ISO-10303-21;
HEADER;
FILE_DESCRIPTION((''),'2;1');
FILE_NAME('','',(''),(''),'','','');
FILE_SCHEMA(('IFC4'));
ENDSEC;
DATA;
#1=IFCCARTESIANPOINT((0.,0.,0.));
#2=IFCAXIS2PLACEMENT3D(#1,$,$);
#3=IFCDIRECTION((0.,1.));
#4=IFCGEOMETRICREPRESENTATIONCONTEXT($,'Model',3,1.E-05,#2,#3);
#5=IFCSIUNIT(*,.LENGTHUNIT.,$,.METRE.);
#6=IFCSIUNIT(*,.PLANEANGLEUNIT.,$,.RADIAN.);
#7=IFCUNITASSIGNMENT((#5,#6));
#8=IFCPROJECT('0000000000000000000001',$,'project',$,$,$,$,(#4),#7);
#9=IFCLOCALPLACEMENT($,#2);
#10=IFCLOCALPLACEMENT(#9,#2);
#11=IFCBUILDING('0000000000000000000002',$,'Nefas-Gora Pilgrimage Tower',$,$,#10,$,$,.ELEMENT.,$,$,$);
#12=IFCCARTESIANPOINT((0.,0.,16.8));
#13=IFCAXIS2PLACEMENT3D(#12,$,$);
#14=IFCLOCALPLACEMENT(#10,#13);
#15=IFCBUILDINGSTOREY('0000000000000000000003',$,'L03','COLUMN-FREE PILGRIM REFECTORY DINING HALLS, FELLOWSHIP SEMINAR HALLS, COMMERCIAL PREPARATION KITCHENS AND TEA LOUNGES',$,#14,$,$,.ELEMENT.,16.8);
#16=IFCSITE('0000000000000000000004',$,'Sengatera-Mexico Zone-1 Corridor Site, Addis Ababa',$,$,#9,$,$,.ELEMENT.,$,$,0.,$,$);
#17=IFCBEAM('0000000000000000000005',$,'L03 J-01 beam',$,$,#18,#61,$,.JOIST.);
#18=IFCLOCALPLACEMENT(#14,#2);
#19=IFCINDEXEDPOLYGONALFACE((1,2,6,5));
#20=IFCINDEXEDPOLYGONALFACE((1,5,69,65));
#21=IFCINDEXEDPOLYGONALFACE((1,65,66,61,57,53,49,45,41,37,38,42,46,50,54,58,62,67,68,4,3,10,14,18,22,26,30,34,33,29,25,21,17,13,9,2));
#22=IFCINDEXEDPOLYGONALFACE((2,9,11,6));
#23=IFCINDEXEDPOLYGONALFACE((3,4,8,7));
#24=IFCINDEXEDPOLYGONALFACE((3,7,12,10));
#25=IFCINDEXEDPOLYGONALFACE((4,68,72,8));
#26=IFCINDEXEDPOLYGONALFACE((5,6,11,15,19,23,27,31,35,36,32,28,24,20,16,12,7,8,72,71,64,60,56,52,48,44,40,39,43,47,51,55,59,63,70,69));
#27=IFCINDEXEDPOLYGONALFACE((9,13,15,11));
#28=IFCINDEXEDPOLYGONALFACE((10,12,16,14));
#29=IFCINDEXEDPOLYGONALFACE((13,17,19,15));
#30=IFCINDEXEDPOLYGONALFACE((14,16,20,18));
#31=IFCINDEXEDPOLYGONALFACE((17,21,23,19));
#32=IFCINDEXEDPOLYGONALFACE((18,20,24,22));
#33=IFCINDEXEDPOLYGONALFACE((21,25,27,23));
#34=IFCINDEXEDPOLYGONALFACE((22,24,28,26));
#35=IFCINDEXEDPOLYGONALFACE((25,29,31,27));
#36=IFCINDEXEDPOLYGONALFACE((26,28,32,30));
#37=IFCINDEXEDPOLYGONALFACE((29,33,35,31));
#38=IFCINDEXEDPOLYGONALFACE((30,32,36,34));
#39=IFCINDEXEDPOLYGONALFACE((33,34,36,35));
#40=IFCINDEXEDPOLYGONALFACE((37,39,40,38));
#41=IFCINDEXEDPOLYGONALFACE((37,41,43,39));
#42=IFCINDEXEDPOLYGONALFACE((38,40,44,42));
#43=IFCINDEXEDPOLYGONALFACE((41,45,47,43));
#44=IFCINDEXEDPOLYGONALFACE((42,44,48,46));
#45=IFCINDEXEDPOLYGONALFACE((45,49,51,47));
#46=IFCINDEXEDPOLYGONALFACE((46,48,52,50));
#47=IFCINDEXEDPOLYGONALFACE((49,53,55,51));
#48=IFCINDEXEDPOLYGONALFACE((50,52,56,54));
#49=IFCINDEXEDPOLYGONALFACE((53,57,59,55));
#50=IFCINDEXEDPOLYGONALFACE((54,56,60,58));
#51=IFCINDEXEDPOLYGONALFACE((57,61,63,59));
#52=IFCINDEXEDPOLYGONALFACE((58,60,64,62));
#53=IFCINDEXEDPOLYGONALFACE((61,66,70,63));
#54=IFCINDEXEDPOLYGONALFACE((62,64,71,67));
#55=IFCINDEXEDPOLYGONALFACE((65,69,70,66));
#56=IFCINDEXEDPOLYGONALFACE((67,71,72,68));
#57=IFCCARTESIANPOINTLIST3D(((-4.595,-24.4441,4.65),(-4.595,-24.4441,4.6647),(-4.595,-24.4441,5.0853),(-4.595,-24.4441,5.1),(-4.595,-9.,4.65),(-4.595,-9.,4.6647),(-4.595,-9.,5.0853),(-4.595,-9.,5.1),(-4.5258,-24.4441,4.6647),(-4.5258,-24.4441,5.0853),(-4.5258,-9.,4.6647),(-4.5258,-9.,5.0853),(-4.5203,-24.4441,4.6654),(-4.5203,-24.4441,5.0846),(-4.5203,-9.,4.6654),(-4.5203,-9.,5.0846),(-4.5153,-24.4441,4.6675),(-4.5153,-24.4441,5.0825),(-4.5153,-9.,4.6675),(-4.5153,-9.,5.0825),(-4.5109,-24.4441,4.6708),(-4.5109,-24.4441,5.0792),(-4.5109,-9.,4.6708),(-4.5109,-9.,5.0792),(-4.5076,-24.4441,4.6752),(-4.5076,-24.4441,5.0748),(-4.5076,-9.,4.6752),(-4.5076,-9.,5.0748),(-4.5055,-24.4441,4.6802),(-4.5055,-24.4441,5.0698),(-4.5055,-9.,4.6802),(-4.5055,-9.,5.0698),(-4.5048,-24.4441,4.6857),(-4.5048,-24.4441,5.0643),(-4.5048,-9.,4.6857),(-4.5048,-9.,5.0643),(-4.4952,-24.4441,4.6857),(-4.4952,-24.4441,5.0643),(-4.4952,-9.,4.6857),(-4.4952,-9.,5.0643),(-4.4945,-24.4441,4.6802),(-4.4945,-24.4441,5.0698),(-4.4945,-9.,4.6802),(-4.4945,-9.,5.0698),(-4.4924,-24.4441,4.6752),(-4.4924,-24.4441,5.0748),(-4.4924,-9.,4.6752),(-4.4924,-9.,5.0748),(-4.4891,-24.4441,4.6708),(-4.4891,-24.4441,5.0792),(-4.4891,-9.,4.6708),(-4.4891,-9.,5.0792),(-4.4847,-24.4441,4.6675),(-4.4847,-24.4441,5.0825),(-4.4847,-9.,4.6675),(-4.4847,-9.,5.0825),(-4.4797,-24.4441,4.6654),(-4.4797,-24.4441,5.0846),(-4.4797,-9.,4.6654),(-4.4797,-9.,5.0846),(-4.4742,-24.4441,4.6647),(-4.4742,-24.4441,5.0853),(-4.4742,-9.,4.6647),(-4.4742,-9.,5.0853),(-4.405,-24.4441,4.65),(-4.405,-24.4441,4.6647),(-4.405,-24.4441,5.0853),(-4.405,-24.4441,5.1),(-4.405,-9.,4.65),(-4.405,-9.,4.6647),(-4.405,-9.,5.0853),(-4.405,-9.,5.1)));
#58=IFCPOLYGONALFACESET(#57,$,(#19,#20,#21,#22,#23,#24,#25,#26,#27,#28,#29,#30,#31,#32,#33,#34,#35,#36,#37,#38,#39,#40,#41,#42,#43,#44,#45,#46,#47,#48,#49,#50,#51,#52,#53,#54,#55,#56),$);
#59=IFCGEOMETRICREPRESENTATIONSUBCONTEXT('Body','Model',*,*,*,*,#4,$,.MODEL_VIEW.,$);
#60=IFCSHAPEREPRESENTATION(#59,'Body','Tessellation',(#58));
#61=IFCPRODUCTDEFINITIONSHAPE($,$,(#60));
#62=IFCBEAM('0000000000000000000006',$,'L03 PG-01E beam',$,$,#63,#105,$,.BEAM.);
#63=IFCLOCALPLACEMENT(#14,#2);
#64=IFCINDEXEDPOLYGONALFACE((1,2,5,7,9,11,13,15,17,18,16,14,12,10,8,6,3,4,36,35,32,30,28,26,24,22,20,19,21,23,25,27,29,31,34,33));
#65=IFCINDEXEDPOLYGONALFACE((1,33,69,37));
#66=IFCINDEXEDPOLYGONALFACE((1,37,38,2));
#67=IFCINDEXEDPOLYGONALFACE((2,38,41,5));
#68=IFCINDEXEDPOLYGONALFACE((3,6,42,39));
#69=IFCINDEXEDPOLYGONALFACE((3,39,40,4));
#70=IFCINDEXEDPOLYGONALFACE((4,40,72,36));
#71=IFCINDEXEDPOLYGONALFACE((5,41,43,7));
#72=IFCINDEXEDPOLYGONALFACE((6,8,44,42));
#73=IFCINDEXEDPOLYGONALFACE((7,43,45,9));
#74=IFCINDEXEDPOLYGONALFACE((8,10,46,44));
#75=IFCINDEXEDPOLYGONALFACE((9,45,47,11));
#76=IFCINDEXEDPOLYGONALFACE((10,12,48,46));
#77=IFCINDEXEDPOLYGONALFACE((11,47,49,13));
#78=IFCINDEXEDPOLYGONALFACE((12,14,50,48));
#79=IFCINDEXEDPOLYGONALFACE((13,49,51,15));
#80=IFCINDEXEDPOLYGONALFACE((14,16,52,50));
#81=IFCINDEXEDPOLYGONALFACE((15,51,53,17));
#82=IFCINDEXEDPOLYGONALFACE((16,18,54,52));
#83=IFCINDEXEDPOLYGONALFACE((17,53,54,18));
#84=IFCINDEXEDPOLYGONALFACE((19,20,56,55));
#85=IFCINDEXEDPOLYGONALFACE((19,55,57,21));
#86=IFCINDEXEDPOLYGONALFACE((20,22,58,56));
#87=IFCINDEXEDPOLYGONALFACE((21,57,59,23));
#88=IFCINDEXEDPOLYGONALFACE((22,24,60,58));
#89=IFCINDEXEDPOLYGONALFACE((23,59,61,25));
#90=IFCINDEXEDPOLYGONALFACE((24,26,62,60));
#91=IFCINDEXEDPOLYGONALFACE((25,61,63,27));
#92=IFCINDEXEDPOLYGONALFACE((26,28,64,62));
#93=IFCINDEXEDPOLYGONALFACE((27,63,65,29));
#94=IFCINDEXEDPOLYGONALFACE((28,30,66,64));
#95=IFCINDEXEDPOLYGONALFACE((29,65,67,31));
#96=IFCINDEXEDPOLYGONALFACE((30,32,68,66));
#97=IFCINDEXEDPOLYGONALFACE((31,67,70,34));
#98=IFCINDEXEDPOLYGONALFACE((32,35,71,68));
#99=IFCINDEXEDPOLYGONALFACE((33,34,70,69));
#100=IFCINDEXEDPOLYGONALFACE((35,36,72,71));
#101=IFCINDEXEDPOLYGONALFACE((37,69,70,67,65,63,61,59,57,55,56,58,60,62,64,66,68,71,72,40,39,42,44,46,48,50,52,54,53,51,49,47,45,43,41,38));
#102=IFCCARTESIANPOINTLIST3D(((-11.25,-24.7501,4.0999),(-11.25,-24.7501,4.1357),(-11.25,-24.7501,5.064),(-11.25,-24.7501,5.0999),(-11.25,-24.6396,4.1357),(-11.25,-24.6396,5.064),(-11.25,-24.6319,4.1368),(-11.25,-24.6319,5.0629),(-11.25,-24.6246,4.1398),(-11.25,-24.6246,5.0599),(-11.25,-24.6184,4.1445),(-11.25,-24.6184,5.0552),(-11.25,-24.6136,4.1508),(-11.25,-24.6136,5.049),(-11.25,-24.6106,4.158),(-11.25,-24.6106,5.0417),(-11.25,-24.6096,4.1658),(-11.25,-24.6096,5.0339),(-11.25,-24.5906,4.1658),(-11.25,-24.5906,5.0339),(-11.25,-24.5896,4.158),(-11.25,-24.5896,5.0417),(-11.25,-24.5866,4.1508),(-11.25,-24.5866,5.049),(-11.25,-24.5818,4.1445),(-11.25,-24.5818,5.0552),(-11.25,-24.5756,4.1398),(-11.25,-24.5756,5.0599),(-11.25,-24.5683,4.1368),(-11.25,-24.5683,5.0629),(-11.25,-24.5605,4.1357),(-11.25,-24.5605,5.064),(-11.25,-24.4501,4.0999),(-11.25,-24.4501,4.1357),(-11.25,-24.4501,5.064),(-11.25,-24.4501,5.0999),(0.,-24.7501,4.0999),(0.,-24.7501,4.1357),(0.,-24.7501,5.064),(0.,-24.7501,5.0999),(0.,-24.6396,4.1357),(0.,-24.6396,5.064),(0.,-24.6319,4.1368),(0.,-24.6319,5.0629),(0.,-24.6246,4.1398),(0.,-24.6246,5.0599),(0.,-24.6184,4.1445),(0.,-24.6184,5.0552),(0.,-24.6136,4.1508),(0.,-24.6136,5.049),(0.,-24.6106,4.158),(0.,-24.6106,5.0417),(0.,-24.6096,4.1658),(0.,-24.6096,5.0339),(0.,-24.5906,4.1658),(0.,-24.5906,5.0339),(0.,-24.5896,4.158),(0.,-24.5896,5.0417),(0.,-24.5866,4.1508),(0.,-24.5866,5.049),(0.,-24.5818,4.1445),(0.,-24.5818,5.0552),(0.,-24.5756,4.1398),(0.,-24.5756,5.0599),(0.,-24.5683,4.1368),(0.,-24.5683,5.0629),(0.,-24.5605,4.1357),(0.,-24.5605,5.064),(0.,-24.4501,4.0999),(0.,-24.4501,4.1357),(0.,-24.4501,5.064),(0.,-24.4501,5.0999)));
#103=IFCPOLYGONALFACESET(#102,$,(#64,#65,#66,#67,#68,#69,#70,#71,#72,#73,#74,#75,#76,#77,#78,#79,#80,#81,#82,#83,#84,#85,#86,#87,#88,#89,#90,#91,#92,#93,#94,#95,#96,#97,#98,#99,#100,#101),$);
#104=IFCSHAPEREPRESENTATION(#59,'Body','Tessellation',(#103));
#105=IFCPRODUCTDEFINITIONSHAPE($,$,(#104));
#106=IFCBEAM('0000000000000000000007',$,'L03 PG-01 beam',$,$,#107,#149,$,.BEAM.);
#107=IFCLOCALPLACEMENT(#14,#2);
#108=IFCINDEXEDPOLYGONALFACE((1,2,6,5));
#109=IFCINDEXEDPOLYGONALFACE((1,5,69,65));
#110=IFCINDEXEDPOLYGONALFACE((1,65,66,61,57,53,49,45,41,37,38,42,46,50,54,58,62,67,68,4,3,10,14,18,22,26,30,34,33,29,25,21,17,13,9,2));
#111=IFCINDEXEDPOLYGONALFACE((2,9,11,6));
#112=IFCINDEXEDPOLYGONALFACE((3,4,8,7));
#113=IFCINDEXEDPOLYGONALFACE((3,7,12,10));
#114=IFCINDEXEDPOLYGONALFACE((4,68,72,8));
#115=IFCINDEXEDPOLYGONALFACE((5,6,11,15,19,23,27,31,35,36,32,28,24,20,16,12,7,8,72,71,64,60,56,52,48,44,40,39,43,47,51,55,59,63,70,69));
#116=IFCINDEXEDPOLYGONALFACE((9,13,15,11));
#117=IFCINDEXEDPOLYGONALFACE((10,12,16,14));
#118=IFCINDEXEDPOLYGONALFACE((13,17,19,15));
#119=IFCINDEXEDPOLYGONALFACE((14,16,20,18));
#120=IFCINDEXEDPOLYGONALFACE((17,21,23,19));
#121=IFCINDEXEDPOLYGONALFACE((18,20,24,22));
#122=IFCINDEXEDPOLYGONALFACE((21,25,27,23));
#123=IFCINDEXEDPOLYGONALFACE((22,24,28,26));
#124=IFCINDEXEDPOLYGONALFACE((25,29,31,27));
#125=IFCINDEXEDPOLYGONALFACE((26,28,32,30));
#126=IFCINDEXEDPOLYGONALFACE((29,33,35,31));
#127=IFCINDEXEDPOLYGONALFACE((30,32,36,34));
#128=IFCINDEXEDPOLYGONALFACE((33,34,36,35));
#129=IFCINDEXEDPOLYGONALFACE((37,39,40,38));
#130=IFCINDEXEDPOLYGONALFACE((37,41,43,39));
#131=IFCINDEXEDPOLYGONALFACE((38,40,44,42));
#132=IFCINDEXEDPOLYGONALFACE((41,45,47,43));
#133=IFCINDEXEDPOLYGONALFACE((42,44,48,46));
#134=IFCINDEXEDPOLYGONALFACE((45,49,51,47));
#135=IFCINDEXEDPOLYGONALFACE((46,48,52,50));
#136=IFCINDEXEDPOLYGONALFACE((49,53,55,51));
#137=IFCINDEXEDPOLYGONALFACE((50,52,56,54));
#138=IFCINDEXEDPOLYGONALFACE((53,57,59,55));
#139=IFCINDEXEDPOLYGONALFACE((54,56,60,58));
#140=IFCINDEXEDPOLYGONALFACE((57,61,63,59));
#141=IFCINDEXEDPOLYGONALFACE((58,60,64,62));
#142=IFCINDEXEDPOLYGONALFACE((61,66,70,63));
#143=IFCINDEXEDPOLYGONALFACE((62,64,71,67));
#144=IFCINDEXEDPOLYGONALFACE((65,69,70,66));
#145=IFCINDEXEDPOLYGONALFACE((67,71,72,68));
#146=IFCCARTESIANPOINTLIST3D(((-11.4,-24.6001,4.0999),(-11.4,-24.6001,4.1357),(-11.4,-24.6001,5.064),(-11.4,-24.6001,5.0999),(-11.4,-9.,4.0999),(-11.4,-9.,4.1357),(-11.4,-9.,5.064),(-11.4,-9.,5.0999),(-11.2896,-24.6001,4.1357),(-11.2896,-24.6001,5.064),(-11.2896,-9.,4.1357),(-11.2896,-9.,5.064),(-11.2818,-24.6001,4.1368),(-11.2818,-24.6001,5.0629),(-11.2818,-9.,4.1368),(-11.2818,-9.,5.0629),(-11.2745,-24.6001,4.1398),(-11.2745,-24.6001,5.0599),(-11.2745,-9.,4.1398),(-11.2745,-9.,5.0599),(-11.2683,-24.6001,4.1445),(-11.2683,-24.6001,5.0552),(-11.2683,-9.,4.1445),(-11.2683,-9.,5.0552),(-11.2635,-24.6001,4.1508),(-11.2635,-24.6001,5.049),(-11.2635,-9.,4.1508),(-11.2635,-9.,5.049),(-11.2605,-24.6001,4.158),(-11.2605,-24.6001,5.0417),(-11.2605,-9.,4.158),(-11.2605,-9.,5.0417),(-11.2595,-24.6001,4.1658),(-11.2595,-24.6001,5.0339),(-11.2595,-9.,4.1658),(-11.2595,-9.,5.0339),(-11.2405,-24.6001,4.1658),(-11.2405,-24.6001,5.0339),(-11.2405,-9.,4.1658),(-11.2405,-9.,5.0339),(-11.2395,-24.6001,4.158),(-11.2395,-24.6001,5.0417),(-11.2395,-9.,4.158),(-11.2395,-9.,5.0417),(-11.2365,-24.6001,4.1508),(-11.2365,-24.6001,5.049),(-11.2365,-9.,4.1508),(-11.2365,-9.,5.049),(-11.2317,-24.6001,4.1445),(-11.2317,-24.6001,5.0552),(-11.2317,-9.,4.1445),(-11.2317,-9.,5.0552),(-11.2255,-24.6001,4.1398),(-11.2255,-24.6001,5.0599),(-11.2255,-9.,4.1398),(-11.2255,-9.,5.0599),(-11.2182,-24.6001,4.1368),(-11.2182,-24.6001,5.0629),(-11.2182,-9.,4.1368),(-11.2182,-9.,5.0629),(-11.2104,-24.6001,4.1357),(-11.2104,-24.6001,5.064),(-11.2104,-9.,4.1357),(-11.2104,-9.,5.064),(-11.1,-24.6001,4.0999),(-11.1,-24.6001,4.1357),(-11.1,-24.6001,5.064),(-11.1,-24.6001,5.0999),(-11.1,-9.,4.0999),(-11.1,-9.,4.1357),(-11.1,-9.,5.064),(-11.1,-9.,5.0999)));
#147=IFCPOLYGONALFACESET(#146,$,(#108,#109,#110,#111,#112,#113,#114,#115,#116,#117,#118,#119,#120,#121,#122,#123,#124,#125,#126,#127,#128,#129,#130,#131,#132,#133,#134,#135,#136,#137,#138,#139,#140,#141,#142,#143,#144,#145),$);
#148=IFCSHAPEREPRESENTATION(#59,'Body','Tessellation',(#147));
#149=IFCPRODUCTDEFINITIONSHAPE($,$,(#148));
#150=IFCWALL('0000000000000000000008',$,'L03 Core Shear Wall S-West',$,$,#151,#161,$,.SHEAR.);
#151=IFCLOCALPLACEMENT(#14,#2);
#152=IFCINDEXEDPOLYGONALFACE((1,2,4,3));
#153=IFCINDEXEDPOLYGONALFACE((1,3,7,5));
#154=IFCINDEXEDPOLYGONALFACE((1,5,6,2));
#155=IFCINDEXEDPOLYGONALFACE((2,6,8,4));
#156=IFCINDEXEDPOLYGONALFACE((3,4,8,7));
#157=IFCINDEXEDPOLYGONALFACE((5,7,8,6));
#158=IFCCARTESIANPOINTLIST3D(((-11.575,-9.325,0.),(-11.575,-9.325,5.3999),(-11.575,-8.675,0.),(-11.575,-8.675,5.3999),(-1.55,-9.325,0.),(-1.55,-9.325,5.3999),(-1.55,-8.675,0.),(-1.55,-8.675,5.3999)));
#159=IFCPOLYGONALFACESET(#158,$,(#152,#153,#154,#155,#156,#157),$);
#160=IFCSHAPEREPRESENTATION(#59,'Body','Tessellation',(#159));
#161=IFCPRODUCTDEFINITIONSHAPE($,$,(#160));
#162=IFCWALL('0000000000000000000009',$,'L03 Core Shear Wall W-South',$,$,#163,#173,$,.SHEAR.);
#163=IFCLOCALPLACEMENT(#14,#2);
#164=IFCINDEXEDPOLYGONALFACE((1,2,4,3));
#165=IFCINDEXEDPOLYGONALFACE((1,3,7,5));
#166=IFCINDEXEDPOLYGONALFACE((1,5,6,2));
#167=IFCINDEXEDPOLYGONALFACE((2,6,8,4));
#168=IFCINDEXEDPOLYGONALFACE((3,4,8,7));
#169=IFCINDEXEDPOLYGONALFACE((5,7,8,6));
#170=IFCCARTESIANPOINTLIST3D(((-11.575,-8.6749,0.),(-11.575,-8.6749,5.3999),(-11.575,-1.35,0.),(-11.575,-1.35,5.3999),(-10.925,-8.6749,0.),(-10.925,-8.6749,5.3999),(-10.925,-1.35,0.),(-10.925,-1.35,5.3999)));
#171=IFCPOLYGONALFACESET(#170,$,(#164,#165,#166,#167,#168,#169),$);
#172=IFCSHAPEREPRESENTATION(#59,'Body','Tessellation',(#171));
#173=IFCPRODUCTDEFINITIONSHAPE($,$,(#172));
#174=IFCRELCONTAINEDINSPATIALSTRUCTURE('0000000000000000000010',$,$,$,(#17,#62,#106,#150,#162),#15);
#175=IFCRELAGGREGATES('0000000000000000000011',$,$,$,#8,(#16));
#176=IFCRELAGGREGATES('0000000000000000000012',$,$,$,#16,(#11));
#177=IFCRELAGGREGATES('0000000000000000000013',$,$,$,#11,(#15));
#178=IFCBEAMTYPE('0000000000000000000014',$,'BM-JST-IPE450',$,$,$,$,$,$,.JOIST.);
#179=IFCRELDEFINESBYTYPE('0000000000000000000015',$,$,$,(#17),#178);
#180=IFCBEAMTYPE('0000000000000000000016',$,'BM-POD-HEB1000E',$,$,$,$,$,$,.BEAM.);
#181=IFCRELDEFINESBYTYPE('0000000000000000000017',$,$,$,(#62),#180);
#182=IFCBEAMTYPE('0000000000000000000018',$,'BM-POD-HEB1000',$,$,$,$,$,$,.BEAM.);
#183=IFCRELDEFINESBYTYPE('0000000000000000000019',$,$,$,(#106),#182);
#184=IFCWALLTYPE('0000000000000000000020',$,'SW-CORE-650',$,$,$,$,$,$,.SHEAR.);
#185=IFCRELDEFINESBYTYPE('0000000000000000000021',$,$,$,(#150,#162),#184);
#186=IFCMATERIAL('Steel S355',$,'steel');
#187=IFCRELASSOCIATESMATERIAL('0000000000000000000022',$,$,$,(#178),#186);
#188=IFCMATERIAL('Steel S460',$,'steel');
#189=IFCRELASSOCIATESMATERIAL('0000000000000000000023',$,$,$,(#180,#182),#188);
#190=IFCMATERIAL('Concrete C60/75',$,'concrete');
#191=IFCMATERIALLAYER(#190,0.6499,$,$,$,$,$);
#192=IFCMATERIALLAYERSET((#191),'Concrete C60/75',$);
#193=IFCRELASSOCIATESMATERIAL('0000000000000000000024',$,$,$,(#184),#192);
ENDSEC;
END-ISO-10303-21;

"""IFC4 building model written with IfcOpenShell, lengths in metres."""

from ifc_helpers import new_model, si_unit, direction, frame, frame_2d, origin, origin_2d, place, context, subcontext, project, spatial, rectangle, i_section, extrude, source, transform, mapped, material, layer, layer_set, material_profile, profile_set, type_object, element, save


model = new_model("IFC4")

# Units and contexts
model_context = context("Model", 3, precision=1e-05, world=origin(), true_north=direction((0.0, 1.0)))
body_context = subcontext(model_context, "Body", "Model", "MODEL_VIEW")
ifc_project = project(units=[si_unit("LENGTHUNIT", "METRE"), si_unit("PLANEANGLEUNIT", "RADIAN")], contexts=[model_context])

# Site, building, storey
site_placement = place(None, origin())
site = spatial("IfcSite", under=ifc_project, at=site_placement, Name="Sengatera-Mexico Zone-1 Corridor Site, Addis Ababa", CompositionType="ELEMENT", RefElevation=0.0)
building_placement = place(site_placement, origin())
building = spatial("IfcBuilding", under=site, at=building_placement, Name="Nefas-Gora Pilgrimage Tower", CompositionType="ELEMENT")
storey_placement = place(building_placement, frame((0.0, 0.0, 16.8)))
storey = spatial("IfcBuildingStorey", under=building, at=storey_placement, Name="L03", Description="COLUMN-FREE PILGRIM REFECTORY DINING HALLS, FELLOWSHIP SEMINAR HALLS, COMMERCIAL PREPARATION KITCHENS AND TEA LOUNGES", CompositionType="ELEMENT", Elevation=16.8)

# Shared definitions
ifc_material_1 = material(Name="Steel S460", Category="steel")

# Beams
ifc_material_2 = material(Name="Concrete C60/75", Category="concrete")
ifc_material_3 = material(Name="Steel S355", Category="steel")
ifc_material_profile_1 = material_profile(ifc_material_3, i_section(OverallWidth=0.1899, OverallDepth=0.45, WebThickness=0.0095, FlangeThickness=0.0146, FilletRadius=0.021, at=origin_2d()), Name="IPE 450")
ifc_profile_set_1 = profile_set([ifc_material_profile_1], Name="Steel S355")
beam_type_1 = type_object("IfcBeamType", Name="BM-JST-IPE450", PredefinedType="JOIST", material=ifc_profile_set_1)
shared_shape_1 = source(origin(), body_context, "Body", "SweptSolid", [
    extrude(i_section(OverallWidth=0.1899, OverallDepth=0.45, WebThickness=0.0095, FlangeThickness=0.0146, FilletRadius=0.021, at=origin_2d()), origin(), (0.0, 0.0, 1.0), 15.4441),
])
beam_1_placement = place(storey_placement, frame((-4.5, -24.4441, 4.875), z_axis=(0.0, 1.0, 0.0), x_axis=(-1.0, 0.0, 0.0)))
element("IfcBeam", 1, at=beam_1_placement, inside=storey, type_object=beam_type_1, Name="L03 J-01 beam", PredefinedType="JOIST", context=body_context, shape_type="MappedRepresentation", body=[
    mapped(shared_shape_1, transform((0.0, 0.0, 0.0), x_axis=(1.0, 0.0, 0.0), y_axis=(0.0, 1.0, 0.0), z_axis=(0.0, 0.0, 1.0), scale=1.0)),
])
ifc_material_profile_2 = material_profile(ifc_material_1, i_section(OverallWidth=0.3, OverallDepth=1.0, WebThickness=0.019, FlangeThickness=0.0359, FilletRadius=0.03, at=origin_2d()), Name="HEB 1000")
ifc_profile_set_2 = profile_set([ifc_material_profile_2], Name="Steel S460")
beam_type_2 = type_object("IfcBeamType", Name="BM-POD-HEB1000E", PredefinedType="BEAM", material=ifc_profile_set_2)
shared_shape_2 = source(origin(), body_context, "Body", "SweptSolid", [
    extrude(i_section(OverallWidth=0.3, OverallDepth=1.0, WebThickness=0.019, FlangeThickness=0.0359, FilletRadius=0.03, at=origin_2d()), origin(), (0.0, 0.0, 1.0), 11.25),
])
beam_2_placement = place(storey_placement, frame((-11.25, -24.6001, 4.5999), z_axis=(1.0, 0.0, 0.0), x_axis=(0.0, 1.0, 0.0)))
element("IfcBeam", 2, at=beam_2_placement, inside=storey, type_object=beam_type_2, Name="L03 PG-01E beam", PredefinedType="BEAM", context=body_context, shape_type="MappedRepresentation", body=[
    mapped(shared_shape_2, transform((0.0, 0.0, 0.0), x_axis=(1.0, 0.0, 0.0), y_axis=(0.0, 1.0, 0.0), z_axis=(0.0, 0.0, 1.0), scale=1.0)),
])
ifc_material_profile_3 = material_profile(ifc_material_1, i_section(OverallWidth=0.3, OverallDepth=1.0, WebThickness=0.019, FlangeThickness=0.0359, FilletRadius=0.03, at=origin_2d()), Name="HEB 1000")
ifc_profile_set_3 = profile_set([ifc_material_profile_3], Name="Steel S460")
beam_type_3 = type_object("IfcBeamType", Name="BM-POD-HEB1000", PredefinedType="BEAM", material=ifc_profile_set_3)
shared_shape_3 = source(origin(), body_context, "Body", "SweptSolid", [
    extrude(i_section(OverallWidth=0.3, OverallDepth=1.0, WebThickness=0.019, FlangeThickness=0.0359, FilletRadius=0.03, at=origin_2d()), origin(), (0.0, 0.0, 1.0), 15.6001),
])
beam_3_placement = place(storey_placement, frame((-11.25, -24.6001, 4.5999), z_axis=(0.0, 1.0, 0.0), x_axis=(-1.0, 0.0, 0.0)))
element("IfcBeam", 3, at=beam_3_placement, inside=storey, type_object=beam_type_3, Name="L03 PG-01 beam", PredefinedType="BEAM", context=body_context, shape_type="MappedRepresentation", body=[
    mapped(shared_shape_3, transform((0.0, 0.0, 0.0), x_axis=(1.0, 0.0, 0.0), y_axis=(0.0, 1.0, 0.0), z_axis=(0.0, 0.0, 1.0), scale=1.0)),
])

# Walls
ifc_layer_1 = layer(ifc_material_2, 0.6499)
ifc_layer_set_1 = layer_set([ifc_layer_1], Name="Concrete C60/75")
wall_type_1 = type_object("IfcWallType", Name="SW-CORE-650", PredefinedType="SHEAR", material=ifc_layer_set_1)
shared_shape_4 = source(origin(), body_context, "Body", "SweptSolid", [
    extrude(rectangle(XDim=10.0249, YDim=0.6499, at=frame_2d((5.0125, 0.0))), origin(), (0.0, 0.0, 1.0), 5.3999),
])
wall_1_placement = place(storey_placement, frame((-11.575, -9.0, 0.0), z_axis=(0.0, 0.0, 1.0), x_axis=(1.0, 0.0, 0.0)))
element("IfcWall", 4, at=wall_1_placement, inside=storey, type_object=wall_type_1, Name="L03 Core Shear Wall S-West", PredefinedType="SHEAR", context=body_context, shape_type="MappedRepresentation", body=[
    mapped(shared_shape_4, transform((0.0, 0.0, 0.0), x_axis=(1.0, 0.0, 0.0), y_axis=(0.0, 1.0, 0.0), z_axis=(0.0, 0.0, 1.0), scale=1.0)),
])
shared_shape_5 = source(origin(), body_context, "Body", "SweptSolid", [
    extrude(rectangle(XDim=7.325, YDim=0.6499, at=frame_2d((3.6626, 0.0))), origin(), (0.0, 0.0, 1.0), 5.3999),
])
wall_2_placement = place(storey_placement, frame((-11.25, -8.675, 0.0), z_axis=(0.0, 0.0, 1.0), x_axis=(0.0, 1.0, 0.0)))
element("IfcWall", 5, at=wall_2_placement, inside=storey, type_object=wall_type_1, Name="L03 Core Shear Wall W-South", PredefinedType="SHEAR", context=body_context, shape_type="MappedRepresentation", body=[
    mapped(shared_shape_5, transform((0.0, 0.0, 0.0), x_axis=(1.0, 0.0, 0.0), y_axis=(0.0, 1.0, 0.0), z_axis=(0.0, 0.0, 1.0), scale=1.0)),
])

save(model, "model.ifc")
